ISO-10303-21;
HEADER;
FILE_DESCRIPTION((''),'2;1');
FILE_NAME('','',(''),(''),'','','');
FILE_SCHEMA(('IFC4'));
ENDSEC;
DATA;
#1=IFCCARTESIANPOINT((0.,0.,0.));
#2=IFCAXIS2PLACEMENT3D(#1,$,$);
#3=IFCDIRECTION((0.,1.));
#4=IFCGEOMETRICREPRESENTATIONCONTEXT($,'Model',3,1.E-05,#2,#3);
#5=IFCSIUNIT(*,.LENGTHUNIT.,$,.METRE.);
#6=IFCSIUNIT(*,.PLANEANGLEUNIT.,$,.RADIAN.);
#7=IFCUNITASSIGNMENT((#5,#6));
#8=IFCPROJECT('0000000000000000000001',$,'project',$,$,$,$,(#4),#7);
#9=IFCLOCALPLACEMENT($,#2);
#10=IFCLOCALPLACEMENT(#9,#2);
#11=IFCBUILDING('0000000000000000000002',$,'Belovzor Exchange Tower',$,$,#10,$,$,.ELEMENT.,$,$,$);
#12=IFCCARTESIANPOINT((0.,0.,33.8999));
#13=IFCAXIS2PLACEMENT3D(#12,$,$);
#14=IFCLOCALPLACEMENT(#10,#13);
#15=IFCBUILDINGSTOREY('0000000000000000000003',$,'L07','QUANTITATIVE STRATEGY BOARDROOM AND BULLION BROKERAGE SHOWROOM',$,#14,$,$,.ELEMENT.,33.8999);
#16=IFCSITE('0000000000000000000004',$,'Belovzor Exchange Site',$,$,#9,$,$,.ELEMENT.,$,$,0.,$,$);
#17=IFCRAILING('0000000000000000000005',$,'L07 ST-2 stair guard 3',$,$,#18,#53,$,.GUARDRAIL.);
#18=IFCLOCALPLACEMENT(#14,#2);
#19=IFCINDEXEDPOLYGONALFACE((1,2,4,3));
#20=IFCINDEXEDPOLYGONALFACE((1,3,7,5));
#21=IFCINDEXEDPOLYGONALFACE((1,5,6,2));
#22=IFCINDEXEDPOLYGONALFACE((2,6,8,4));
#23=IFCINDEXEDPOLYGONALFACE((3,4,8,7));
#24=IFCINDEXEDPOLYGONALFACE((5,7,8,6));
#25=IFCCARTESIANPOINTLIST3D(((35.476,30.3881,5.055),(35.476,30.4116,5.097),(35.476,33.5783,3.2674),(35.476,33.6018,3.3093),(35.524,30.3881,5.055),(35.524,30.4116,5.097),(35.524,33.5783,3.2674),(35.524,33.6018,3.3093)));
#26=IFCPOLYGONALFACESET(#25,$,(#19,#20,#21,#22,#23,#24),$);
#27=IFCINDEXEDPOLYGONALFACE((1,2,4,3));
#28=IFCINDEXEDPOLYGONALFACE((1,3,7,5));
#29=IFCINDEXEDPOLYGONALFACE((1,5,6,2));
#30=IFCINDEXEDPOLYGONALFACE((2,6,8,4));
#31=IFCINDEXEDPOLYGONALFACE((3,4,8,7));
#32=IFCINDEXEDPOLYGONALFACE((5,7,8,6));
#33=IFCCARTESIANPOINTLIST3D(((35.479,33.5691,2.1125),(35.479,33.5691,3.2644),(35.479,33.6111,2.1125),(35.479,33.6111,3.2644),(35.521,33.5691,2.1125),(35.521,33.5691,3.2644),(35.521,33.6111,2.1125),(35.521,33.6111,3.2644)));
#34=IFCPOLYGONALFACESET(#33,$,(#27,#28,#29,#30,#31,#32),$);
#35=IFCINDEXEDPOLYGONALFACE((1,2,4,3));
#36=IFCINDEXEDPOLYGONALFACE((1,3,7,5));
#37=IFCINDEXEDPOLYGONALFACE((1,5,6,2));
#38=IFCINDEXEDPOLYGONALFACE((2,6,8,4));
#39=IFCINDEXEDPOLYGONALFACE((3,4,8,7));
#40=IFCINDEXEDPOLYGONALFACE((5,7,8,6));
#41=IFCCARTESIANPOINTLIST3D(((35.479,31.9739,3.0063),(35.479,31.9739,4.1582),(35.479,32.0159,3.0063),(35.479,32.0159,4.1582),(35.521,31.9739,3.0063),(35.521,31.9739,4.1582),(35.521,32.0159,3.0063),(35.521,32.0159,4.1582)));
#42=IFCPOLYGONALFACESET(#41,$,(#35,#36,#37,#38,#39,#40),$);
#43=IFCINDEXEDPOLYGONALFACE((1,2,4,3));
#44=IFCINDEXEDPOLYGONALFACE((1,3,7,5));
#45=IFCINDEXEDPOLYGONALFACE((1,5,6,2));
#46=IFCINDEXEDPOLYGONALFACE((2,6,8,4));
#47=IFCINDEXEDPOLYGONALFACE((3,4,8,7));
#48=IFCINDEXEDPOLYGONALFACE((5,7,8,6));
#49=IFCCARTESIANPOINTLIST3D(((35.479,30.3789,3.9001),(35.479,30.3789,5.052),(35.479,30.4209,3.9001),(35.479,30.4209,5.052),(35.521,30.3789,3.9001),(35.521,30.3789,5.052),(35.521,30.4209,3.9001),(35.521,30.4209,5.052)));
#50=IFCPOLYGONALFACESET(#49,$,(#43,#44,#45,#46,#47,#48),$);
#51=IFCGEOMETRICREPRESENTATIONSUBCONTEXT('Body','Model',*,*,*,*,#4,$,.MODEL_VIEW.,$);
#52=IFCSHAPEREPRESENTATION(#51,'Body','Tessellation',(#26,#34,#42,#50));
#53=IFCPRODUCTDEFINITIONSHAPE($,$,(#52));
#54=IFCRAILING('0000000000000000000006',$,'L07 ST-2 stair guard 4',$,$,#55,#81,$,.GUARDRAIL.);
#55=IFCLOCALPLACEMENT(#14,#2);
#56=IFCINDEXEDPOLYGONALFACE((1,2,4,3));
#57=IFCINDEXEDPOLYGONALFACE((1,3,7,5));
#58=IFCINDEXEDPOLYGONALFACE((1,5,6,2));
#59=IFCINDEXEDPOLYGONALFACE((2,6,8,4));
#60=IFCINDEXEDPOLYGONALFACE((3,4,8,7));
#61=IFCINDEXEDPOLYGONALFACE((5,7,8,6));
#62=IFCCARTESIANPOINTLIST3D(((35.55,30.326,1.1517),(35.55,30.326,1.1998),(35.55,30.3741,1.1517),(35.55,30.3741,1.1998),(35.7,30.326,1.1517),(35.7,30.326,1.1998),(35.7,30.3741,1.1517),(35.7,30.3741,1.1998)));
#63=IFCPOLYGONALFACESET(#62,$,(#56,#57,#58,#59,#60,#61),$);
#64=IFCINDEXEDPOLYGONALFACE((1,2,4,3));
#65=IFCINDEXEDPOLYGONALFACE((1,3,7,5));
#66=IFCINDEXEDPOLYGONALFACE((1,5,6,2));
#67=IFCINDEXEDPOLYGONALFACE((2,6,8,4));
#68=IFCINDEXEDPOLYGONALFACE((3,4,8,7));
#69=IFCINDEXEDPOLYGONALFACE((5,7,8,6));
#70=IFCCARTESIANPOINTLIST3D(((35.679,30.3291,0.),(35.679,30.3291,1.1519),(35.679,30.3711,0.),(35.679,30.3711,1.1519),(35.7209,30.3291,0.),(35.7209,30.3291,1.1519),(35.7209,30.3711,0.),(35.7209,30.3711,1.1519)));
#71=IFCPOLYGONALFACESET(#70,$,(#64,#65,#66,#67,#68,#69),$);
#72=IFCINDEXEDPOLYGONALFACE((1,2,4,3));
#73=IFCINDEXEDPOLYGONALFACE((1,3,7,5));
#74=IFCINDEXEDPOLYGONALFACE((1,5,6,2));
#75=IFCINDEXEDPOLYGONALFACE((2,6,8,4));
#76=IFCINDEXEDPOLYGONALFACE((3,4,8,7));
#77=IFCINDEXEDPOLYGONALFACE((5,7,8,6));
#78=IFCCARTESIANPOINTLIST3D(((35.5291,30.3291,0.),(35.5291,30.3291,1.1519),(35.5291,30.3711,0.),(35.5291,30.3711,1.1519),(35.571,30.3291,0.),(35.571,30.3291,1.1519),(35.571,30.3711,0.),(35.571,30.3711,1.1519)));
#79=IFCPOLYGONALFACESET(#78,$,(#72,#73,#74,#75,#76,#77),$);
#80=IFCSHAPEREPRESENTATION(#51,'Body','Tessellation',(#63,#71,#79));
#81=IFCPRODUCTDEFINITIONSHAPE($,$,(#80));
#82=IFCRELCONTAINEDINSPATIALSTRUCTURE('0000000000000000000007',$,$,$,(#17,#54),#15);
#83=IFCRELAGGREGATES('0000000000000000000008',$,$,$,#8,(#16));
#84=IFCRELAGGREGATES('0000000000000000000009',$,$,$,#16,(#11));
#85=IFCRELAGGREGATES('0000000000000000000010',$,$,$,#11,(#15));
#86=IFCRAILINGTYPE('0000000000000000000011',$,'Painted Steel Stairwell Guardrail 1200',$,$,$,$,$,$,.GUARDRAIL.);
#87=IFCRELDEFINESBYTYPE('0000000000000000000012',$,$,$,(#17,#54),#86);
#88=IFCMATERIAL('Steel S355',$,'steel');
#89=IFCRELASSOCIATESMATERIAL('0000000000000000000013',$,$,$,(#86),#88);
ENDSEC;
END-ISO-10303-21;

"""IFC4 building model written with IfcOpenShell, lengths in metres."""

from ifc_helpers import new_model, si_unit, direction, frame, origin, origin_2d, place, context, subcontext, project, spatial, rectangle, extrude, material, type_object, element, save


model = new_model("IFC4")

# Units and contexts
model_context = context("Model", 3, precision=1e-05, world=origin(), true_north=direction((0.0, 1.0)))
body_context = subcontext(model_context, "Body", "Model", "MODEL_VIEW")
ifc_project = project(units=[si_unit("LENGTHUNIT", "METRE"), si_unit("PLANEANGLEUNIT", "RADIAN")], contexts=[model_context])

# Site, building, storey
site_placement = place(None, origin())
site = spatial("IfcSite", under=ifc_project, at=site_placement, Name="Belovzor Exchange Site", CompositionType="ELEMENT", RefElevation=0.0)
building_placement = place(site_placement, origin())
building = spatial("IfcBuilding", under=site, at=building_placement, Name="Belovzor Exchange Tower", CompositionType="ELEMENT")
storey_placement = place(building_placement, frame((0.0, 0.0, 33.8999)))
storey = spatial("IfcBuildingStorey", under=building, at=storey_placement, Name="L07", Description="QUANTITATIVE STRATEGY BOARDROOM AND BULLION BROKERAGE SHOWROOM", CompositionType="ELEMENT", Elevation=33.8999)

# Railings
ifc_material_1 = material(Name="Steel S355", Category="steel")
railing_type_1 = type_object("IfcRailingType", Name="Painted Steel Stairwell Guardrail 1200", PredefinedType="GUARDRAIL", material=ifc_material_1)
railing_1_placement = place(storey_placement, frame((35.5, 33.5901, 2.1125)))
element("IfcRailing", 1, at=railing_1_placement, inside=storey, type_object=railing_type_1, Name="L07 ST-2 stair guard 3", PredefinedType="GUARDRAIL", context=body_context, shape_type="SweptSolid", body=[
    extrude(rectangle(XDim=0.0481, YDim=0.0481, at=origin_2d()), frame((0.0, 0.0, 1.1758), z_axis=(0.0, -0.872378, 0.488831), x_axis=(1.0, 0.0, 0.0)), (0.0, 0.0, 1.0), 3.657),
    extrude(rectangle(XDim=0.042, YDim=0.042, at=origin_2d()), origin(), (0.0, 0.0, 1.0), 1.1519),
    extrude(rectangle(XDim=0.042, YDim=0.042, at=origin_2d()), frame((0.0, -1.5952, 0.8938)), (0.0, 0.0, 1.0), 1.1519),
    extrude(rectangle(XDim=0.042, YDim=0.042, at=origin_2d()), frame((0.0, -3.1902, 1.7876)), (0.0, 0.0, 1.0), 1.1519),
])
railing_2_placement = place(storey_placement, frame((35.7, 30.3501, 0.0)))
element("IfcRailing", 2, at=railing_2_placement, inside=storey, type_object=railing_type_1, Name="L07 ST-2 stair guard 4", PredefinedType="GUARDRAIL", context=body_context, shape_type="SweptSolid", body=[
    extrude(rectangle(XDim=0.0481, YDim=0.0481, at=origin_2d()), frame((0.0, 0.0, 1.1758), z_axis=(-1.0, 0.0, 0.0), x_axis=(0.0, -1.0, 0.0)), (0.0, 0.0, 1.0), 0.1499),
    extrude(rectangle(XDim=0.042, YDim=0.042, at=origin_2d()), origin(), (0.0, 0.0, 1.0), 1.1519),
    extrude(rectangle(XDim=0.042, YDim=0.042, at=origin_2d()), frame((-0.1499, 0.0, 0.0)), (0.0, 0.0, 1.0), 1.1519),
])

save(model, "model.ifc")
